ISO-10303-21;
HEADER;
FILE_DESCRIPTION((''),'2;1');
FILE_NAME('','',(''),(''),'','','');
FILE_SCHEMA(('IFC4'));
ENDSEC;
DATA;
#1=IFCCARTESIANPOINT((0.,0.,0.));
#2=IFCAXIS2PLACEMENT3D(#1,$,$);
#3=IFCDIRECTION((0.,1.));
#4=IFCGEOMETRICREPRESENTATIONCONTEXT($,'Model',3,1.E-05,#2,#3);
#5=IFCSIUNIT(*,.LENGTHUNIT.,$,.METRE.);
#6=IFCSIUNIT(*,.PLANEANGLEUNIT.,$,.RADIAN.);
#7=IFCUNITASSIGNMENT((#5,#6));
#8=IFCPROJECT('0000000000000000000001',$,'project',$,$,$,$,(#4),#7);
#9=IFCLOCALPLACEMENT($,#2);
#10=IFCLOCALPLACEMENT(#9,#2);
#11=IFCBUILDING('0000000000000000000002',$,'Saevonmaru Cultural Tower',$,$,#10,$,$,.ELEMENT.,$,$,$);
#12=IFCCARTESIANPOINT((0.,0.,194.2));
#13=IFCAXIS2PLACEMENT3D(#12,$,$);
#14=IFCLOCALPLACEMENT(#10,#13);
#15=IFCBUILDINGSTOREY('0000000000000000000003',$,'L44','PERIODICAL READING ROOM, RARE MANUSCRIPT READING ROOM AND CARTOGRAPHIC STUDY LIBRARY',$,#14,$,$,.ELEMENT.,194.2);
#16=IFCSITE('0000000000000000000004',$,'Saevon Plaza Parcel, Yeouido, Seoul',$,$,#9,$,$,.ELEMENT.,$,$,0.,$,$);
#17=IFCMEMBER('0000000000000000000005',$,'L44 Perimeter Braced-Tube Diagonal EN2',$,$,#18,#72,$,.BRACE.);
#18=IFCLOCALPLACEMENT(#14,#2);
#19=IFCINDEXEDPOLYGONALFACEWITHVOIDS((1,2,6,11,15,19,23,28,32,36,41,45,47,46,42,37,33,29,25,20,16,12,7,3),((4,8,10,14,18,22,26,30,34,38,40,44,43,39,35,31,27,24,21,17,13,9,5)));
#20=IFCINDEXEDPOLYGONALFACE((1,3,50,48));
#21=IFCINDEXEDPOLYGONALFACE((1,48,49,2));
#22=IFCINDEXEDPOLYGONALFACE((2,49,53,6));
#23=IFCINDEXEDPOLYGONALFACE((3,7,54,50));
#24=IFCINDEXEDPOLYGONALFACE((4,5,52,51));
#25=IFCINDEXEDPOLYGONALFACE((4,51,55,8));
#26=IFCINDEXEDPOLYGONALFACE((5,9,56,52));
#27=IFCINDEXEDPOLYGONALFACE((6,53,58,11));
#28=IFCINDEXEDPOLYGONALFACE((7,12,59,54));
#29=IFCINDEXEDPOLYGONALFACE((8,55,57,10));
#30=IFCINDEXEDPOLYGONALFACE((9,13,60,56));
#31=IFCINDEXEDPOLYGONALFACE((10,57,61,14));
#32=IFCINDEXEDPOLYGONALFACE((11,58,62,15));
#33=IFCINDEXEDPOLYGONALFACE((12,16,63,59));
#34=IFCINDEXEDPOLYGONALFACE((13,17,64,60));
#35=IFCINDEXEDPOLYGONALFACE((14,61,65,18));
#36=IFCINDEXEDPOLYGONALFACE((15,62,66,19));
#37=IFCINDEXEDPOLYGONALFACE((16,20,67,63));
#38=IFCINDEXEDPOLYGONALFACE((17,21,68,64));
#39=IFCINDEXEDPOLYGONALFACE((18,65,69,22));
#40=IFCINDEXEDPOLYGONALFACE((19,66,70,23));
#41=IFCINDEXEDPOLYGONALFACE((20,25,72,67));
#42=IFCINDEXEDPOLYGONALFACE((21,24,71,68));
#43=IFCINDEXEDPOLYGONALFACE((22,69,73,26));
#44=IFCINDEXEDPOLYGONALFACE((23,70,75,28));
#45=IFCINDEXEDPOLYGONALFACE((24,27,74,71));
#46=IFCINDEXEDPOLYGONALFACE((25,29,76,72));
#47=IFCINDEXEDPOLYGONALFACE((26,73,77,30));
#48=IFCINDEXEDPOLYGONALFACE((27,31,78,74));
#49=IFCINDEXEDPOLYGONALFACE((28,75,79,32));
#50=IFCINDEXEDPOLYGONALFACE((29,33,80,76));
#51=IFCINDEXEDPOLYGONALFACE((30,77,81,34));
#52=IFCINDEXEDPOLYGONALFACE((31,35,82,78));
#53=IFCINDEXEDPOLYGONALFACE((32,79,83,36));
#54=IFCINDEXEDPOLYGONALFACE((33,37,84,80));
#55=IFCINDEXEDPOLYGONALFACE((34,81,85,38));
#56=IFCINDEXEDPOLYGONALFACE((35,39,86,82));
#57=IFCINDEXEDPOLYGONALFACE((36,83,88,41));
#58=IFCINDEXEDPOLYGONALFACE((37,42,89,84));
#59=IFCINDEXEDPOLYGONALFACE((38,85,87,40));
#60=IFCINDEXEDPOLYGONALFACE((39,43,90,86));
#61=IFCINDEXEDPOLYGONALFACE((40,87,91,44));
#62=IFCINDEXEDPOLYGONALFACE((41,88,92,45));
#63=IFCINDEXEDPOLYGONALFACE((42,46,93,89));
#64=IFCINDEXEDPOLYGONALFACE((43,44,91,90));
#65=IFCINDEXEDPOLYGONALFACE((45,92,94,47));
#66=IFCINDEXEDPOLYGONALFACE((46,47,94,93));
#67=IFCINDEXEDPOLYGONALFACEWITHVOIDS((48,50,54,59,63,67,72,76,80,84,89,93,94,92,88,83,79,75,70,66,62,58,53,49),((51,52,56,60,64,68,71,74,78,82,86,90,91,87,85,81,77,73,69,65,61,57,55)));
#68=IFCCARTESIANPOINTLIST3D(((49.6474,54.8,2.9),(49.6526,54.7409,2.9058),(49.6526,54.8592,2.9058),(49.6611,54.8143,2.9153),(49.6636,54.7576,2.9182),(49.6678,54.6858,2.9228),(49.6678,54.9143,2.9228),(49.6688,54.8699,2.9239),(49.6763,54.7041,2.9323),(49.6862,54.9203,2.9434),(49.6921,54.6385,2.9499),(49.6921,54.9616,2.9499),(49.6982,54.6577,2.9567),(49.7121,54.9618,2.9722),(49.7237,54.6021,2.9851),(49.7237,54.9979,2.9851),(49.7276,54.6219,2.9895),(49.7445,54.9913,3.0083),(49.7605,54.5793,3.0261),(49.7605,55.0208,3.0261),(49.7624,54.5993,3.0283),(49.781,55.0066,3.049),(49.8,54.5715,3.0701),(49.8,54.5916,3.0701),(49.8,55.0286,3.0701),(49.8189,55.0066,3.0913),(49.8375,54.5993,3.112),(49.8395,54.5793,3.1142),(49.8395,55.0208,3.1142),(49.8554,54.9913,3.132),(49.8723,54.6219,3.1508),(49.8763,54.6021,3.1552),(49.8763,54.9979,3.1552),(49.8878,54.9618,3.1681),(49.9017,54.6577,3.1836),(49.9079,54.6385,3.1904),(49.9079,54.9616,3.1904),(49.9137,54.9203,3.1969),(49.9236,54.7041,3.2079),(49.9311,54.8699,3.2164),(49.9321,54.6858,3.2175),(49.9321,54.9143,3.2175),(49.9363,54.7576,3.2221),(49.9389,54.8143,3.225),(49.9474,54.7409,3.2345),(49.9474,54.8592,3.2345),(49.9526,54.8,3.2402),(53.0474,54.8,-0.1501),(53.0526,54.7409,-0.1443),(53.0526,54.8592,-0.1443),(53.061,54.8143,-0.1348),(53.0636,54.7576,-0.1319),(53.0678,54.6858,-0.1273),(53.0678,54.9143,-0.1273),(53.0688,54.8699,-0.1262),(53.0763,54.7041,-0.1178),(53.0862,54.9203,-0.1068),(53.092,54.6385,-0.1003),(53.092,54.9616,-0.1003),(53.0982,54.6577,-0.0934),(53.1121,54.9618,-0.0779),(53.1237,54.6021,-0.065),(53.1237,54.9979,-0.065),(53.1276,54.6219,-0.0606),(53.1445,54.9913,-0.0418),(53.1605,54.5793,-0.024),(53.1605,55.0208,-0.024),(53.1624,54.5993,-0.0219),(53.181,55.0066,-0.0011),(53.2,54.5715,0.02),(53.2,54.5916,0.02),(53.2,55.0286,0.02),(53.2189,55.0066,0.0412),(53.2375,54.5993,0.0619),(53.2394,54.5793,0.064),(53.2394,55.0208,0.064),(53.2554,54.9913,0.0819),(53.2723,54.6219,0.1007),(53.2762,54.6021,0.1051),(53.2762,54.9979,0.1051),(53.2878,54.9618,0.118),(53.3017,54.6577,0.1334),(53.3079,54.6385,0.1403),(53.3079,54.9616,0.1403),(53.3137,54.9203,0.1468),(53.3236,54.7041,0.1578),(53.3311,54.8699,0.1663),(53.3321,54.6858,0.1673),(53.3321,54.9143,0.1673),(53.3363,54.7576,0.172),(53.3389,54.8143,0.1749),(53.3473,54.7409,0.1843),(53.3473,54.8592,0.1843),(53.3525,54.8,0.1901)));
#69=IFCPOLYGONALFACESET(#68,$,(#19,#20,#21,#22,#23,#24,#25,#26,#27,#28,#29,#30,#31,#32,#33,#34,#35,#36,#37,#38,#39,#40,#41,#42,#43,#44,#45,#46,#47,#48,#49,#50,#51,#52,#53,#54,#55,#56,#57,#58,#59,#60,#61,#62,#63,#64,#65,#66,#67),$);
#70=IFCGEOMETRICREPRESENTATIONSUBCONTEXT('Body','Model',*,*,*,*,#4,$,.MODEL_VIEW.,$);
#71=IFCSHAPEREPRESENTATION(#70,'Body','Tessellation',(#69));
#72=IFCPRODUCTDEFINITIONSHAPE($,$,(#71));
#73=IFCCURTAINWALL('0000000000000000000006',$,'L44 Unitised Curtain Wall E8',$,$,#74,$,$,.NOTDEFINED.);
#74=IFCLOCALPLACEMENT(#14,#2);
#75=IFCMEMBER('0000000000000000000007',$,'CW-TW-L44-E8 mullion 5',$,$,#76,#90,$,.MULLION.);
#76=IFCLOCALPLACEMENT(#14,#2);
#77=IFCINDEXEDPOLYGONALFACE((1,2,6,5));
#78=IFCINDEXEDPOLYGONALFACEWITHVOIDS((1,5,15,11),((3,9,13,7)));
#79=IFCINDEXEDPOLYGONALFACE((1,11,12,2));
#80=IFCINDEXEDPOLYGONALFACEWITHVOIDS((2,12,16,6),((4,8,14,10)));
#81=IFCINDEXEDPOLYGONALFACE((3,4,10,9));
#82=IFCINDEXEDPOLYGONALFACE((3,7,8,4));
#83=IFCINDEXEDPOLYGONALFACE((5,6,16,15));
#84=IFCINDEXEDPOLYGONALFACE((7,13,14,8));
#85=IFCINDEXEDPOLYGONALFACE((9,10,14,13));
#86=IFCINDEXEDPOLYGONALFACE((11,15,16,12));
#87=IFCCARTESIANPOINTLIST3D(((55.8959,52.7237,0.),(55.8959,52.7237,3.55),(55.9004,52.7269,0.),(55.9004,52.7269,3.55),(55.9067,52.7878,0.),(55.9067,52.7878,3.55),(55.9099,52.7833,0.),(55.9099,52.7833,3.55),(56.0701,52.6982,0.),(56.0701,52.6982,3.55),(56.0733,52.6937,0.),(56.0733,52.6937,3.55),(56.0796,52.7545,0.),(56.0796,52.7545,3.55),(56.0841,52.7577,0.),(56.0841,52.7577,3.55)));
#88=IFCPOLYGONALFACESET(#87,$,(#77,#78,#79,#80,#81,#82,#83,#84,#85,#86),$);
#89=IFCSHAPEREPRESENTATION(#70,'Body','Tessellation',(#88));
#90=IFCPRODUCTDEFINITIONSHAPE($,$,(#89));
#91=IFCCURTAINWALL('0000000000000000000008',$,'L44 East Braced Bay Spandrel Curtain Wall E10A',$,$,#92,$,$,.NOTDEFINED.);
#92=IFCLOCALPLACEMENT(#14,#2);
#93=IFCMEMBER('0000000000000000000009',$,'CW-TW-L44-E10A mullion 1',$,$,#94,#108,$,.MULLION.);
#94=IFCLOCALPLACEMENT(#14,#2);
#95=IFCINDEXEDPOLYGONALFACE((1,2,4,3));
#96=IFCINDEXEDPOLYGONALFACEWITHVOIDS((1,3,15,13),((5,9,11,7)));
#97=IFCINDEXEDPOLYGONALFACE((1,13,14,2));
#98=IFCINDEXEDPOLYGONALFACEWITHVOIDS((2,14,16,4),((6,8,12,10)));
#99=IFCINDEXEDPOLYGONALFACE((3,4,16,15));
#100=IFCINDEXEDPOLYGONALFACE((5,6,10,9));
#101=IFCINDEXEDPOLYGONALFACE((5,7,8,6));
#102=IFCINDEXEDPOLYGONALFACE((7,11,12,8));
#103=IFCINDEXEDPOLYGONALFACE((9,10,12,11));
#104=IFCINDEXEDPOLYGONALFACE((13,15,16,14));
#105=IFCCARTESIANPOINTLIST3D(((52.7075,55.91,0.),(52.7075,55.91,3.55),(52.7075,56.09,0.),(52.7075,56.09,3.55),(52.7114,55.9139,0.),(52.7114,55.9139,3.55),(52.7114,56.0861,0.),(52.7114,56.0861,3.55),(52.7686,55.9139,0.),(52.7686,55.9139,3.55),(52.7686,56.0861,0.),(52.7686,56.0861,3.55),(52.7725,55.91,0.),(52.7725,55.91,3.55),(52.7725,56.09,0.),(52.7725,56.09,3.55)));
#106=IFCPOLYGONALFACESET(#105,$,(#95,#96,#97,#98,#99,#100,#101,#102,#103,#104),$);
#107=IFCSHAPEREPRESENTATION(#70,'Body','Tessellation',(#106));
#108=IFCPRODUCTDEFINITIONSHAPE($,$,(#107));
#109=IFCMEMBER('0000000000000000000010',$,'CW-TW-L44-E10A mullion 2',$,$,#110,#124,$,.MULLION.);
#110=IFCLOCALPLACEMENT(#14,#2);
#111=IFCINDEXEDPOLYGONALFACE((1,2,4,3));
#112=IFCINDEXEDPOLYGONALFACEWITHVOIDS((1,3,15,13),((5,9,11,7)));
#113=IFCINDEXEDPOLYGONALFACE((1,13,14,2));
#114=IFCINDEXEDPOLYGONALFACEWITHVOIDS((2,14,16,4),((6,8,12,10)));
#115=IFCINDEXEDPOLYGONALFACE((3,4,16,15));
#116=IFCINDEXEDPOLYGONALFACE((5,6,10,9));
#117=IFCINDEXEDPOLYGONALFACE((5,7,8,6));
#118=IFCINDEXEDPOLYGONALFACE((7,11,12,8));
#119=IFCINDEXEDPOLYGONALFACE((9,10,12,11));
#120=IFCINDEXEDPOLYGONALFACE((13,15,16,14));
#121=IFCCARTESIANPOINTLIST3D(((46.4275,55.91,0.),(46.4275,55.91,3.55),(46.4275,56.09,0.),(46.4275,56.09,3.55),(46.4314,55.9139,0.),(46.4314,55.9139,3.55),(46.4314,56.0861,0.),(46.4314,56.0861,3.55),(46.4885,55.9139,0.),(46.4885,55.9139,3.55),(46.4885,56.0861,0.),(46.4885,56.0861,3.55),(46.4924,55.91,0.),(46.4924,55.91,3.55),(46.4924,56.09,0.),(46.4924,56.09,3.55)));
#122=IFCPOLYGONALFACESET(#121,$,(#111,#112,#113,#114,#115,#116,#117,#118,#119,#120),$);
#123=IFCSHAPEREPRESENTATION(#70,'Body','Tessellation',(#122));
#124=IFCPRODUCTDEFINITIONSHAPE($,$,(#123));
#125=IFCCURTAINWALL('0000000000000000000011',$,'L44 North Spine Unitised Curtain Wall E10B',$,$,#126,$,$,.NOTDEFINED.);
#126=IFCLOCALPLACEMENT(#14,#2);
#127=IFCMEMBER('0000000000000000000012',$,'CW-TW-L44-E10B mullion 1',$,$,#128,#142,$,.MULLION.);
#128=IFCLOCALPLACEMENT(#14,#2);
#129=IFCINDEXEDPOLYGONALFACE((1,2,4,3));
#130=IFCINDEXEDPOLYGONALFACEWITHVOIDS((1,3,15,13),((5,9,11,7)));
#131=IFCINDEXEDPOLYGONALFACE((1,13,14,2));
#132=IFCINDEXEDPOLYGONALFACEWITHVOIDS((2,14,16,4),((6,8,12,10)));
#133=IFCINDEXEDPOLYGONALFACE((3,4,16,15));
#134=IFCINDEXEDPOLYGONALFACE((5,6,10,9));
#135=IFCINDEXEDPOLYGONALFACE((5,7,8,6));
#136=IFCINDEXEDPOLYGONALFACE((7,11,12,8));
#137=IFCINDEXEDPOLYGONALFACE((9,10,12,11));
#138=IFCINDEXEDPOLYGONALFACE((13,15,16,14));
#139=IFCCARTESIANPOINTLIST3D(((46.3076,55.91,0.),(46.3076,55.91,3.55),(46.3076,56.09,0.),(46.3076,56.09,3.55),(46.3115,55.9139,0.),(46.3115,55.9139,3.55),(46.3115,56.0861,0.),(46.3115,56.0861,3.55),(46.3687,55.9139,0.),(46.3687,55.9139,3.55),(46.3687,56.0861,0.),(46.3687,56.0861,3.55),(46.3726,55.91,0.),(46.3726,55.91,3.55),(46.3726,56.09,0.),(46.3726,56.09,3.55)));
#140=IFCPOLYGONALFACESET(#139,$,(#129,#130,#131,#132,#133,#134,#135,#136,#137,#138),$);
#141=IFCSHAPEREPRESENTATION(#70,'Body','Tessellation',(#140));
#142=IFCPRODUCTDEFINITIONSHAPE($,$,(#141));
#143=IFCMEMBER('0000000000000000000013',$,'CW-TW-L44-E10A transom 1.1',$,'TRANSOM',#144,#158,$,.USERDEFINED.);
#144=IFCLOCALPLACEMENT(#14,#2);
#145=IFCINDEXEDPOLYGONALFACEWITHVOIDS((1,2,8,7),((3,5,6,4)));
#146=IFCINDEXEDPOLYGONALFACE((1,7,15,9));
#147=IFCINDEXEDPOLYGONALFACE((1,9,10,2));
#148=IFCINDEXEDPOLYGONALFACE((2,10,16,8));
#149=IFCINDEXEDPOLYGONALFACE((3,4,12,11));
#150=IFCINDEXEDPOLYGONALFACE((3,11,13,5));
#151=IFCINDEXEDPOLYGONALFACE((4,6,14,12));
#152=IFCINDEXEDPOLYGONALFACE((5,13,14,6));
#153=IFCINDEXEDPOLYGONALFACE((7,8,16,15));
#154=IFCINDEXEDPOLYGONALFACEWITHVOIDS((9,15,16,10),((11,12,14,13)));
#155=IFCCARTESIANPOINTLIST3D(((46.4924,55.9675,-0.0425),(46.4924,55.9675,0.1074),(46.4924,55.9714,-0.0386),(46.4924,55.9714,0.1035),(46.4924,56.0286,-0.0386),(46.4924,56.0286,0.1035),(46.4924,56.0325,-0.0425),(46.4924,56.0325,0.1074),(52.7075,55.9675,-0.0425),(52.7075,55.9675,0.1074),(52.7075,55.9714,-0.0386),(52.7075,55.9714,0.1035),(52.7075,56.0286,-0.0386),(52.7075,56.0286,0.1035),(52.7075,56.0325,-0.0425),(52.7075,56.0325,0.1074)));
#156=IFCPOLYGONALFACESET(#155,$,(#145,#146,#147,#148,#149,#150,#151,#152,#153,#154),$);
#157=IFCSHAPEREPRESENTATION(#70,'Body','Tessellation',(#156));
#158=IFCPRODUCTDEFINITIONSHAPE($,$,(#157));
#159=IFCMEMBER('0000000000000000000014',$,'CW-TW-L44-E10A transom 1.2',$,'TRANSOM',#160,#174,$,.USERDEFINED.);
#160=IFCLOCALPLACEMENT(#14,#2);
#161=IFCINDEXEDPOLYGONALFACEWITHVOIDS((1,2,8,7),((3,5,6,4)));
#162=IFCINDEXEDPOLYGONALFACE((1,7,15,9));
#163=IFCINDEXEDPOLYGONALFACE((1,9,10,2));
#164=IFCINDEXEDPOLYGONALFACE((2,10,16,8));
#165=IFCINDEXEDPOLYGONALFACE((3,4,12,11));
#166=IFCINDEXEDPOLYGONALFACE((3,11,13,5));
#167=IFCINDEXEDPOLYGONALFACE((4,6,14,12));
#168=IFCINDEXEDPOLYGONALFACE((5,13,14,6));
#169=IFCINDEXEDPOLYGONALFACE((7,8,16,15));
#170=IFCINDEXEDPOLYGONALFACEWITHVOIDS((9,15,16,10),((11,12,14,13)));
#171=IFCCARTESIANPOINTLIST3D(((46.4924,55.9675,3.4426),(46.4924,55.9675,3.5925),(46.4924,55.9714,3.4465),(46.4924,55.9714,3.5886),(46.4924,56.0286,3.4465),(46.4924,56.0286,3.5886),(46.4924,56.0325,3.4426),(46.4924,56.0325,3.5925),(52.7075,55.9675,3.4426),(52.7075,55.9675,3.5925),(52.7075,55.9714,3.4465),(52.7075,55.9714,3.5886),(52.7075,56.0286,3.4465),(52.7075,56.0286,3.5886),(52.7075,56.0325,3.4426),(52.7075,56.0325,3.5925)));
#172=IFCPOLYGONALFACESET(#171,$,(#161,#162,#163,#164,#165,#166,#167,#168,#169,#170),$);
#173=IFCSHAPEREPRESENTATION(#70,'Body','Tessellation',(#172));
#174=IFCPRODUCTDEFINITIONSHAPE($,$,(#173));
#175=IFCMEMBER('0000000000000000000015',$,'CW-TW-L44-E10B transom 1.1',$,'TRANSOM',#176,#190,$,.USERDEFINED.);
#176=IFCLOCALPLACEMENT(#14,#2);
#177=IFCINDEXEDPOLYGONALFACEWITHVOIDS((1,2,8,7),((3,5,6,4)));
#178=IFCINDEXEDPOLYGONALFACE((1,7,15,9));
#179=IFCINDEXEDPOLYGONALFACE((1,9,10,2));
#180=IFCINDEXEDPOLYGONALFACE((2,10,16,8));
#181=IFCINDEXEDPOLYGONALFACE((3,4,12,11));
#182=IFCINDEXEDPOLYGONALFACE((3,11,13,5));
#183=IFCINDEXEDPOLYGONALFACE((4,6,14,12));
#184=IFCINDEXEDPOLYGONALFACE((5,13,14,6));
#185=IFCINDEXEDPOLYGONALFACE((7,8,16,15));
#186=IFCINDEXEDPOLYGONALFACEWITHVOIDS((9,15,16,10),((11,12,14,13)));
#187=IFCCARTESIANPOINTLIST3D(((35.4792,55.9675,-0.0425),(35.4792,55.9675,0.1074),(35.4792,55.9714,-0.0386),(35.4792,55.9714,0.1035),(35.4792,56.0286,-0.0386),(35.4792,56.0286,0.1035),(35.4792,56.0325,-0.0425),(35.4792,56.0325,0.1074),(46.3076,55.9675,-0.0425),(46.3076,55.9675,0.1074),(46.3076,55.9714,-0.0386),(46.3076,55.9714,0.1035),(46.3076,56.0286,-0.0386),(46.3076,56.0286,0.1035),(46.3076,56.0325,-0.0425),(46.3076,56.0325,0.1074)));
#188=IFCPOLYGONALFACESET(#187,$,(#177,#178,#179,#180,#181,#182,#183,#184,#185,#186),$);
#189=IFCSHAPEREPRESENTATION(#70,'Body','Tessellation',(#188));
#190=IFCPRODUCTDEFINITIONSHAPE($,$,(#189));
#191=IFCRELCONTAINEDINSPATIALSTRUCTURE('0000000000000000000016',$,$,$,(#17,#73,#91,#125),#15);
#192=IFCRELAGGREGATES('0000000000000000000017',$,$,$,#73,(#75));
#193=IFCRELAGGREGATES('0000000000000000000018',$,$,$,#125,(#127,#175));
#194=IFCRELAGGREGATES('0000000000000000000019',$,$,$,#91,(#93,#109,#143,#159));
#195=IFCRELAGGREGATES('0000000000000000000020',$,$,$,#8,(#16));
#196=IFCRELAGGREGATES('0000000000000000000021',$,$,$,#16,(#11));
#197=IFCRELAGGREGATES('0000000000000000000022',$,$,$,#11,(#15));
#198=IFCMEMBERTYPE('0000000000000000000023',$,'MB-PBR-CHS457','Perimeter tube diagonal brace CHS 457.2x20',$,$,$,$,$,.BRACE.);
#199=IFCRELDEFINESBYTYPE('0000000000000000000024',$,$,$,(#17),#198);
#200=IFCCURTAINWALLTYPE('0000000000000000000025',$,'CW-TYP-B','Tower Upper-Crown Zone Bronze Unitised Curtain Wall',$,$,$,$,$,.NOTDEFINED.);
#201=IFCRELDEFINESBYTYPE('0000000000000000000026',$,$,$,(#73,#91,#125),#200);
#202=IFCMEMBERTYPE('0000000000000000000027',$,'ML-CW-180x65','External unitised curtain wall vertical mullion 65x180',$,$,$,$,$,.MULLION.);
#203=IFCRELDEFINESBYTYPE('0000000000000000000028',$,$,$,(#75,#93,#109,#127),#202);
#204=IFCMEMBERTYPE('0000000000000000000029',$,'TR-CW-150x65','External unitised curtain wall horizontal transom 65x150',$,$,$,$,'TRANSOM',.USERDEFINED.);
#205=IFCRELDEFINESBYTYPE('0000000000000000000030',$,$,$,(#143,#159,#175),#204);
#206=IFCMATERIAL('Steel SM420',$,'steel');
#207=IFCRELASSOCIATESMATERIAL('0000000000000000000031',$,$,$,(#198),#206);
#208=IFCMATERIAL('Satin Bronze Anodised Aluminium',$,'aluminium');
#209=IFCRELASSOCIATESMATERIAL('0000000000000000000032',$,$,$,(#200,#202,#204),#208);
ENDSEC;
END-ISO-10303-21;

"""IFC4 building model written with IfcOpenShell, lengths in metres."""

from ifc_helpers import new_model, si_unit, direction, frame, origin, origin_2d, place, context, subcontext, project, spatial, hollow_rectangle, hollow_circle, extrude, material, material_profile, profile_set, type_object, element, aggregate, save


model = new_model("IFC4")

# Units and contexts
model_context = context("Model", 3, precision=1e-05, world=origin(), true_north=direction((0.0, 1.0)))
body_context = subcontext(model_context, "Body", "Model", "MODEL_VIEW")
ifc_project = project(units=[si_unit("LENGTHUNIT", "METRE"), si_unit("PLANEANGLEUNIT", "RADIAN")], contexts=[model_context])

# Site, building, storey
site_placement = place(None, origin())
site = spatial("IfcSite", under=ifc_project, at=site_placement, Name="Saevon Plaza Parcel, Yeouido, Seoul", CompositionType="ELEMENT", RefElevation=0.0)
building_placement = place(site_placement, origin())
building = spatial("IfcBuilding", under=site, at=building_placement, Name="Saevonmaru Cultural Tower", CompositionType="ELEMENT")
storey_placement = place(building_placement, frame((0.0, 0.0, 194.2)))
storey = spatial("IfcBuildingStorey", under=building, at=storey_placement, Name="L44", Description="PERIODICAL READING ROOM, RARE MANUSCRIPT READING ROOM AND CARTOGRAPHIC STUDY LIBRARY", CompositionType="ELEMENT", Elevation=194.2)

# Shared definitions
ifc_material_1 = material(Name="Steel SM420", Category="steel")

# Member
ifc_material_profile_1 = material_profile(ifc_material_1, hollow_circle(Radius=0.2285, WallThickness=0.02, at=origin_2d()), Name="CHS-457.2x20")
ifc_profile_set_1 = profile_set([ifc_material_profile_1], Name="Steel SM420")
member_type_1 = type_object("IfcMemberType", Name="MB-PBR-CHS457", Description="Perimeter tube diagonal brace CHS 457.2x20", PredefinedType="BRACE", material=ifc_profile_set_1)
for number, where, z_axis, x_axis, name in (
    (1, (53.2, 54.8, 0.02), (-0.744367, 0.0, 0.667771), (0.0, -1.0, 0.0), "L44 Perimeter Braced-Tube Diagonal EN2"),
):
    element("IfcMember", number, at=place(storey_placement, frame(where, z_axis=z_axis, x_axis=x_axis)), inside=storey, type_object=member_type_1, Name=name, PredefinedType="BRACE", context=body_context, shape_type="SweptSolid", body=[
        extrude(hollow_circle(Radius=0.2285, WallThickness=0.02, at=origin_2d()), origin(), (0.0, 0.0, 1.0), 4.5676),
    ])

# Curtain wall, member
ifc_material_2 = material(Name="Satin Bronze Anodised Aluminium", Category="aluminium")
curtain_wall_type = type_object("IfcCurtainWallType", Name="CW-TYP-B", Description="Tower Upper-Crown Zone Bronze Unitised Curtain Wall", PredefinedType="NOTDEFINED", material=ifc_material_2)
curtain_wall_1_placement = place(storey_placement, origin())
curtain_wall_1 = element("IfcCurtainWall", 2, at=curtain_wall_1_placement, inside=storey, type_object=curtain_wall_type, Name="L44 Unitised Curtain Wall E8", PredefinedType="NOTDEFINED")
ifc_material_profile_2 = material_profile(ifc_material_2, hollow_rectangle(XDim=0.0649, YDim=0.1799, WallThickness=0.0039, at=origin_2d()), Name="ALU-MULL-180x65x4")
ifc_profile_set_2 = profile_set([ifc_material_profile_2], Name="Satin Bronze Anodised Aluminium")
member_type_2 = type_object("IfcMemberType", Name="ML-CW-180x65", Description="External unitised curtain wall vertical mullion 65x180", PredefinedType="MULLION", material=ifc_profile_set_2)
member_1_placement = place(storey_placement, frame((55.99, 52.7407, 0.0), z_axis=(0.0, 0.0, 1.0), x_axis=(0.166922, 0.98597, 0.0)))
member_1 = element("IfcMember", 3, at=member_1_placement, type_object=member_type_2, Name="CW-TW-L44-E8 mullion 5", PredefinedType="MULLION", context=body_context, shape_type="SweptSolid", body=[
    extrude(hollow_rectangle(XDim=0.0649, YDim=0.1799, WallThickness=0.0039, at=origin_2d()), origin(), (0.0, 0.0, 1.0), 3.55),
])
aggregate(curtain_wall_1, [member_1])

# Curtain wall, members
curtain_wall_2_placement = place(storey_placement, origin())
curtain_wall_2 = element("IfcCurtainWall", 4, at=curtain_wall_2_placement, inside=storey, type_object=curtain_wall_type, Name="L44 East Braced Bay Spandrel Curtain Wall E10A", PredefinedType="NOTDEFINED")
member_2_placement = place(storey_placement, frame((52.74, 56.0, 0.0), z_axis=(0.0, 0.0, 1.0), x_axis=(-1.0, 0.0, 0.0)))
member_2 = element("IfcMember", 5, at=member_2_placement, type_object=member_type_2, Name="CW-TW-L44-E10A mullion 1", PredefinedType="MULLION", context=body_context, shape_type="SweptSolid", body=[
    extrude(hollow_rectangle(XDim=0.0649, YDim=0.1799, WallThickness=0.0039, at=origin_2d()), origin(), (0.0, 0.0, 1.0), 3.55),
])
member_3_placement = place(storey_placement, frame((46.46, 56.0, 0.0), z_axis=(0.0, 0.0, 1.0), x_axis=(-1.0, 0.0, 0.0)))
member_3 = element("IfcMember", 6, at=member_3_placement, type_object=member_type_2, Name="CW-TW-L44-E10A mullion 2", PredefinedType="MULLION", context=body_context, shape_type="SweptSolid", body=[
    extrude(hollow_rectangle(XDim=0.0649, YDim=0.1799, WallThickness=0.0039, at=origin_2d()), origin(), (0.0, 0.0, 1.0), 3.55),
])

# Curtain wall, member
curtain_wall_3_placement = place(storey_placement, origin())
curtain_wall_3 = element("IfcCurtainWall", 7, at=curtain_wall_3_placement, inside=storey, type_object=curtain_wall_type, Name="L44 North Spine Unitised Curtain Wall E10B", PredefinedType="NOTDEFINED")
member_4_placement = place(storey_placement, frame((46.3401, 56.0, 0.0), z_axis=(0.0, 0.0, 1.0), x_axis=(-1.0, 0.0, 0.0)))
member_4 = element("IfcMember", 8, at=member_4_placement, type_object=member_type_2, Name="CW-TW-L44-E10B mullion 1", PredefinedType="MULLION", context=body_context, shape_type="SweptSolid", body=[
    extrude(hollow_rectangle(XDim=0.0649, YDim=0.1799, WallThickness=0.0039, at=origin_2d()), origin(), (0.0, 0.0, 1.0), 3.55),
])

# Members
ifc_material_profile_3 = material_profile(ifc_material_2, hollow_rectangle(XDim=0.0649, YDim=0.1499, WallThickness=0.0039, at=origin_2d()), Name="ALU-TRAN-150x65x4")
ifc_profile_set_3 = profile_set([ifc_material_profile_3], Name="Satin Bronze Anodised Aluminium")
member_type_3 = type_object("IfcMemberType", Name="TR-CW-150x65", Description="External unitised curtain wall horizontal transom 65x150", ElementType="TRANSOM", PredefinedType="USERDEFINED", material=ifc_profile_set_3)
member_5_placement = place(storey_placement, frame((52.7075, 56.0, 0.0325), z_axis=(-1.0, 0.0, 0.0), x_axis=(0.0, -1.0, 0.0)))
member_5 = element("IfcMember", 9, at=member_5_placement, type_object=member_type_3, Name="CW-TW-L44-E10A transom 1.1", ObjectType="TRANSOM", PredefinedType="USERDEFINED", context=body_context, shape_type="SweptSolid", body=[
    extrude(hollow_rectangle(XDim=0.0649, YDim=0.1499, WallThickness=0.0039, at=origin_2d()), origin(), (0.0, 0.0, 1.0), 6.2151),
])
member_6_placement = place(storey_placement, frame((52.7075, 56.0, 3.5176), z_axis=(-1.0, 0.0, 0.0), x_axis=(0.0, -1.0, 0.0)))
member_6 = element("IfcMember", 10, at=member_6_placement, type_object=member_type_3, Name="CW-TW-L44-E10A transom 1.2", ObjectType="TRANSOM", PredefinedType="USERDEFINED", context=body_context, shape_type="SweptSolid", body=[
    extrude(hollow_rectangle(XDim=0.0649, YDim=0.1499, WallThickness=0.0039, at=origin_2d()), origin(), (0.0, 0.0, 1.0), 6.2151),
])
member_7_placement = place(storey_placement, frame((46.3076, 56.0, 0.0325), z_axis=(-1.0, 0.0, 0.0), x_axis=(0.0, -1.0, 0.0)))
member_7 = element("IfcMember", 11, at=member_7_placement, type_object=member_type_3, Name="CW-TW-L44-E10B transom 1.1", ObjectType="TRANSOM", PredefinedType="USERDEFINED", context=body_context, shape_type="SweptSolid", body=[
    extrude(hollow_rectangle(XDim=0.0649, YDim=0.1499, WallThickness=0.0039, at=origin_2d()), origin(), (0.0, 0.0, 1.0), 10.8284),
])
aggregate(curtain_wall_3, [member_4, member_7])

aggregate(curtain_wall_2, [member_2, member_3, member_5, member_6])

save(model, "model.ifc")
